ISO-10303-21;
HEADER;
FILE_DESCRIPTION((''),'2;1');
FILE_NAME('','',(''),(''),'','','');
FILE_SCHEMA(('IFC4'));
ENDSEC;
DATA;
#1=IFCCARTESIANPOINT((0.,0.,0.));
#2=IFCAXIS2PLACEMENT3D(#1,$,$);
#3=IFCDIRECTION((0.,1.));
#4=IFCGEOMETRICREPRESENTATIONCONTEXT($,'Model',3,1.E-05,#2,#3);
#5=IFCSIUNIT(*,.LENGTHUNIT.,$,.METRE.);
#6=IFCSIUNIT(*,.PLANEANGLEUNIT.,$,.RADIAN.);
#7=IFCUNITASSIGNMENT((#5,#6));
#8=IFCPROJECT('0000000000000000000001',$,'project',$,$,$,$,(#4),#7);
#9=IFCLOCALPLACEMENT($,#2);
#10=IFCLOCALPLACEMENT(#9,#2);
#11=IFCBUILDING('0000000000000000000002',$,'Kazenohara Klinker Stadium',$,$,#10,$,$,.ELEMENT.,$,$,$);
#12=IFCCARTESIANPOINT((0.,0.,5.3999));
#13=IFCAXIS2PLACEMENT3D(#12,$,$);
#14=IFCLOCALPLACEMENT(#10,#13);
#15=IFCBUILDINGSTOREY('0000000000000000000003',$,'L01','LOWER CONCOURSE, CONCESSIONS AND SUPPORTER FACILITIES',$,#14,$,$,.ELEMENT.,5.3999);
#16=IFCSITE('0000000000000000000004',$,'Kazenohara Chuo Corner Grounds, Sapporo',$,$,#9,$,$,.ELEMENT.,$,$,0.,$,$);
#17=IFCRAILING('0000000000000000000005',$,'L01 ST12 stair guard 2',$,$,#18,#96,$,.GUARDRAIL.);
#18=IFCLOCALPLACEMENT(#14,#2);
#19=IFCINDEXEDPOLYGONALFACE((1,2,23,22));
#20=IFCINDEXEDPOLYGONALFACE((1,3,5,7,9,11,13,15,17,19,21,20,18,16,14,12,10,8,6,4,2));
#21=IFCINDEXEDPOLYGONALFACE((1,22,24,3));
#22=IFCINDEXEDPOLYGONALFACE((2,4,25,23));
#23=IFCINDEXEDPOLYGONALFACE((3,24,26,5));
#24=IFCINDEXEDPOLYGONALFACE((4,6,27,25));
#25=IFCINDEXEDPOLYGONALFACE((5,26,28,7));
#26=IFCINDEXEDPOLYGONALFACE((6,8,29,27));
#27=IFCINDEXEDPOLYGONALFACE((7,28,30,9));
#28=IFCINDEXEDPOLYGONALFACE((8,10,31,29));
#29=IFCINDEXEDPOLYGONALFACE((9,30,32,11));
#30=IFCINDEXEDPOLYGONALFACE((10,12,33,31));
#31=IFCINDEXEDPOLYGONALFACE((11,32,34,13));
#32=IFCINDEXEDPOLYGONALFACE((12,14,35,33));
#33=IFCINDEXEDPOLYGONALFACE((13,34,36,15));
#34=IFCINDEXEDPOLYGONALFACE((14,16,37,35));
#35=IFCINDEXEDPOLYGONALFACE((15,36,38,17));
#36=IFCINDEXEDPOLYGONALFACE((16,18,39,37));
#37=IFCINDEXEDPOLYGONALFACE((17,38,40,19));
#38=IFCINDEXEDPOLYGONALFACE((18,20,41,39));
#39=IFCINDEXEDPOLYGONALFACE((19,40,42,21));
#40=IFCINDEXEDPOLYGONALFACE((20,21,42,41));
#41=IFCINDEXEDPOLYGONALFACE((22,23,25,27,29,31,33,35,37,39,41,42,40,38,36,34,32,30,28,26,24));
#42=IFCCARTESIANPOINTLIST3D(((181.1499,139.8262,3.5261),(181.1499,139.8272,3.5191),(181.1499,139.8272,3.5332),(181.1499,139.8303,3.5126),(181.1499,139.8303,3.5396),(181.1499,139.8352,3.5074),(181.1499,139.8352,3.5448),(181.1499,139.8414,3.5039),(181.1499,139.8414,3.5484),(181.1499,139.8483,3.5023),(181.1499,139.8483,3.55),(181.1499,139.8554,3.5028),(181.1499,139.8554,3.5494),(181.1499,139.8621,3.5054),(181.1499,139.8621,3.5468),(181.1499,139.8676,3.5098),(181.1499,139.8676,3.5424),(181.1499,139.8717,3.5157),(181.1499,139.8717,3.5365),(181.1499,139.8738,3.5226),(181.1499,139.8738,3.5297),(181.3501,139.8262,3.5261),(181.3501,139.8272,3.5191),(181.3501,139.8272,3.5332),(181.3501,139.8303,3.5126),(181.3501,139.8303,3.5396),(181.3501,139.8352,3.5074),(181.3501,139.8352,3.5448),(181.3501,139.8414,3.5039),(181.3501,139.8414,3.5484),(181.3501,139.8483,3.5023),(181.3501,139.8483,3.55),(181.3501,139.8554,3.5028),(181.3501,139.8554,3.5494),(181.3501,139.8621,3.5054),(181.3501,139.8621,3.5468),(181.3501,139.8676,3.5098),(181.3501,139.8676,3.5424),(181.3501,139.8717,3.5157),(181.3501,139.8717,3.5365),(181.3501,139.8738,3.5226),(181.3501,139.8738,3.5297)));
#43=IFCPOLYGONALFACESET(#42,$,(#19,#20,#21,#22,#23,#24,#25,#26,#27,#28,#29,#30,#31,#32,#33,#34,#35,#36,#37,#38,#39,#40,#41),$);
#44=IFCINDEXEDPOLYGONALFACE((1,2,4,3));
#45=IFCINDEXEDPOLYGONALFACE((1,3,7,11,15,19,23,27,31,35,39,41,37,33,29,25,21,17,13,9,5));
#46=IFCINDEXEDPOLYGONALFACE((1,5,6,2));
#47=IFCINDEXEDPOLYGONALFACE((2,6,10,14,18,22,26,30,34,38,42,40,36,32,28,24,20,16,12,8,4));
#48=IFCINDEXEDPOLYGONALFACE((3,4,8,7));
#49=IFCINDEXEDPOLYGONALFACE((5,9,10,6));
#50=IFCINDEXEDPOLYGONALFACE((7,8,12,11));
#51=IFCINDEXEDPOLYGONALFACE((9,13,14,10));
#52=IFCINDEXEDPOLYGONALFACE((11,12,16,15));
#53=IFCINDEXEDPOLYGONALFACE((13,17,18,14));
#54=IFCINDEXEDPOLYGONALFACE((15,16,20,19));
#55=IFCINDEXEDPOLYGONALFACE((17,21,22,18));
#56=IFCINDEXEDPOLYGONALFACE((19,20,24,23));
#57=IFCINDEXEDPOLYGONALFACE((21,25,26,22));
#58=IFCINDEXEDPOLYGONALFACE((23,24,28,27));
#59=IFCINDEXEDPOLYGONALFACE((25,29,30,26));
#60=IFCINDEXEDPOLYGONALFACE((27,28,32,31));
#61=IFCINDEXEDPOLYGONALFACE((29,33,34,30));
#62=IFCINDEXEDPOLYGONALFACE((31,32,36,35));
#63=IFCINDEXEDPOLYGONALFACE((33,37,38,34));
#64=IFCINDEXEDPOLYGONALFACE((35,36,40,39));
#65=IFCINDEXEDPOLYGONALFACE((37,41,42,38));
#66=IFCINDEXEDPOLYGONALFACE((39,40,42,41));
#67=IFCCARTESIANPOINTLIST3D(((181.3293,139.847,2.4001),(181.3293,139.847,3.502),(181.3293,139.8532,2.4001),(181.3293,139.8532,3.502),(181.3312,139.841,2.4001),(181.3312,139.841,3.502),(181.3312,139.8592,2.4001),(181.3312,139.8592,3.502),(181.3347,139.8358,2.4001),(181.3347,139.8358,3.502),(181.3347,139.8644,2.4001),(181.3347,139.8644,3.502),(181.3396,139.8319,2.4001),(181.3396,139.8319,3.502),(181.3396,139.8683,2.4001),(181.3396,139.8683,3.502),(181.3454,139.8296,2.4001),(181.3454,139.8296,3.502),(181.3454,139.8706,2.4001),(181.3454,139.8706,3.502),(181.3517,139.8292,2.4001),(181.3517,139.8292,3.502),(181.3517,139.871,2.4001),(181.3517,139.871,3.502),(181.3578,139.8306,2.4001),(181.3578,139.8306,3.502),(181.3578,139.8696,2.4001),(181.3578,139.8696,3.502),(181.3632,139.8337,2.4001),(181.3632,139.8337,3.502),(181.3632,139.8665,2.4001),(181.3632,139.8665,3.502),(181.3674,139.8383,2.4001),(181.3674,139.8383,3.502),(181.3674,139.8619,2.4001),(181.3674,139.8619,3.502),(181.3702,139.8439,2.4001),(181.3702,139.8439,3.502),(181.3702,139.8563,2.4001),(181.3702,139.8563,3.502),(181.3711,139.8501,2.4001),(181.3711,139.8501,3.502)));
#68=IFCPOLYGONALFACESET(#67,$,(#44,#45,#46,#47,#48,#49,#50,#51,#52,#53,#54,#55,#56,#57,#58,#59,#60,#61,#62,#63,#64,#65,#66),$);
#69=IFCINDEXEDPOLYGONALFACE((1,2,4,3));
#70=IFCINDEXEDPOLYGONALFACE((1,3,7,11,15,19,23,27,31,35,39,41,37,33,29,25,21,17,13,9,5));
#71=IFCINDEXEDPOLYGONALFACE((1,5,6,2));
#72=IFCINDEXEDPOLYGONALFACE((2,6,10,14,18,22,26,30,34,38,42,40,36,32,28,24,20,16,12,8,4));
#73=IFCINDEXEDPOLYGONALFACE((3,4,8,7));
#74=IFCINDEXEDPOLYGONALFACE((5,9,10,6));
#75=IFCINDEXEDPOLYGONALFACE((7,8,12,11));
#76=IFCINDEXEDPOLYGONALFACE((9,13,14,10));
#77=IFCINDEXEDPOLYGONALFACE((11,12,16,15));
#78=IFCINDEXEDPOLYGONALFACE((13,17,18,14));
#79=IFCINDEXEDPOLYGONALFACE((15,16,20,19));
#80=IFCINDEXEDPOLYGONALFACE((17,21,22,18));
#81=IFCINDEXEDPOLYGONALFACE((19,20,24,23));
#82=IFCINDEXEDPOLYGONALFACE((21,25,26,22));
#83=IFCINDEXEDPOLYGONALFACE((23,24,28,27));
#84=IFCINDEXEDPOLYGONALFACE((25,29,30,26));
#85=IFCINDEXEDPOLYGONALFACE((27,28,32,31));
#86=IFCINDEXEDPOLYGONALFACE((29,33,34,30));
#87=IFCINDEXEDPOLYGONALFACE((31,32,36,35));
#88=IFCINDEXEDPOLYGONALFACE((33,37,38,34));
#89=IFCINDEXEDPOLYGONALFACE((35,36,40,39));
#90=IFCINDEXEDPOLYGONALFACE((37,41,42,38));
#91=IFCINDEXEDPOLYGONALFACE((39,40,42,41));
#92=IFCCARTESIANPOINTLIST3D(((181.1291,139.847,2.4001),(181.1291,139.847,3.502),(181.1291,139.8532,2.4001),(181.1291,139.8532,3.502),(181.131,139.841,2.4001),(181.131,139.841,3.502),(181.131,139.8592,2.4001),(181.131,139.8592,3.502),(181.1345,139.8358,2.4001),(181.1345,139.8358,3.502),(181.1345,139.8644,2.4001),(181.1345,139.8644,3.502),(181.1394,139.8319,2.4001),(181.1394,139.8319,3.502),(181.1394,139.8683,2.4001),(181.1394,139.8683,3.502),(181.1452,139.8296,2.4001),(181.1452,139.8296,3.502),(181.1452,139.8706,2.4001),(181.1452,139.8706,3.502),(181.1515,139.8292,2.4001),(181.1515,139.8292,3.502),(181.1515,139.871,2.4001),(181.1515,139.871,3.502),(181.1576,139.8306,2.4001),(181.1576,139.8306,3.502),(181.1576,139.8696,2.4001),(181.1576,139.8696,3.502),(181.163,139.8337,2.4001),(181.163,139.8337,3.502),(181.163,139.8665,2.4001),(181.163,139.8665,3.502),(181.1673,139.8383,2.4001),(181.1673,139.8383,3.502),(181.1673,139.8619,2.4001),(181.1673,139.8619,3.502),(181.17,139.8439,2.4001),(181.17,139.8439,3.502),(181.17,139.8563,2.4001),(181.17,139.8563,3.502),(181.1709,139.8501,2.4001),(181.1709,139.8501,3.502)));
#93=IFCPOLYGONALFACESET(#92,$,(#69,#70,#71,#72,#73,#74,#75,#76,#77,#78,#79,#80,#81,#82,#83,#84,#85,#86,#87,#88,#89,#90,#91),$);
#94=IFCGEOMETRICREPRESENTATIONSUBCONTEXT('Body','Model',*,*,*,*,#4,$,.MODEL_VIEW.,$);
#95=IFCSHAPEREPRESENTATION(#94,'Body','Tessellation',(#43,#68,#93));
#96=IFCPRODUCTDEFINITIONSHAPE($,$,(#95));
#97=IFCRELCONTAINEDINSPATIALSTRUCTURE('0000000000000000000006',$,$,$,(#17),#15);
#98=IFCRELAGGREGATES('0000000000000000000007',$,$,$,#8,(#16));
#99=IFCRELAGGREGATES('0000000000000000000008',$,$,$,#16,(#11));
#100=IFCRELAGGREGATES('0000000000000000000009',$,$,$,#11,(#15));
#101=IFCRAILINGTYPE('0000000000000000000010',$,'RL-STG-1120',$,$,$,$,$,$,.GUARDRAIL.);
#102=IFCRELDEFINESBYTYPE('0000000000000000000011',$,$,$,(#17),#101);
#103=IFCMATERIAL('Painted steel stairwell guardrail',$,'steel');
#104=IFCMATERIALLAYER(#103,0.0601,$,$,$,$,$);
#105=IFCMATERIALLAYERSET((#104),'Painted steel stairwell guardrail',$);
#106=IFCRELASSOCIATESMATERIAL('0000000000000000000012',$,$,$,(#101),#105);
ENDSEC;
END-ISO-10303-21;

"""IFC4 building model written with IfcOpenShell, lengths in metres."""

from ifc_helpers import new_model, si_unit, direction, frame, origin, origin_2d, place, context, subcontext, project, spatial, circle, extrude, material, layer, layer_set, type_object, element, save


model = new_model("IFC4")

# Units and contexts
model_context = context("Model", 3, precision=1e-05, world=origin(), true_north=direction((0.0, 1.0)))
body_context = subcontext(model_context, "Body", "Model", "MODEL_VIEW")
ifc_project = project(units=[si_unit("LENGTHUNIT", "METRE"), si_unit("PLANEANGLEUNIT", "RADIAN")], contexts=[model_context])

# Site, building, storey
site_placement = place(None, origin())
site = spatial("IfcSite", under=ifc_project, at=site_placement, Name="Kazenohara Chuo Corner Grounds, Sapporo", CompositionType="ELEMENT", RefElevation=0.0)
building_placement = place(site_placement, origin())
building = spatial("IfcBuilding", under=site, at=building_placement, Name="Kazenohara Klinker Stadium", CompositionType="ELEMENT")
storey_placement = place(building_placement, frame((0.0, 0.0, 5.3999)))
storey = spatial("IfcBuildingStorey", under=building, at=storey_placement, Name="L01", Description="LOWER CONCOURSE, CONCESSIONS AND SUPPORTER FACILITIES", CompositionType="ELEMENT", Elevation=5.3999)

# Railing
ifc_material_1 = material(Name="Painted steel stairwell guardrail", Category="steel")
ifc_layer_1 = layer(ifc_material_1, 0.0601)
ifc_layer_set_1 = layer_set([ifc_layer_1], Name="Painted steel stairwell guardrail")
railing_type_1 = type_object("IfcRailingType", Name="RL-STG-1120", PredefinedType="GUARDRAIL", material=ifc_layer_set_1)
railing_1_placement = place(storey_placement, frame((181.3501, 139.8501, 2.4001)))
element("IfcRailing", 1, at=railing_1_placement, inside=storey, type_object=railing_type_1, Name="L01 ST12 stair guard 2", PredefinedType="GUARDRAIL", context=body_context, shape_type="SweptSolid", body=[
    extrude(circle(Radius=0.0239, at=origin_2d()), frame((0.0, 0.0, 1.126), z_axis=(-1.0, 0.0, 0.0), x_axis=(0.0, -1.0, 0.0)), (0.0, 0.0, 1.0), 0.2002),
    extrude(circle(Radius=0.021, at=origin_2d()), origin(), (0.0, 0.0, 1.0), 1.1018),
    extrude(circle(Radius=0.021, at=origin_2d()), frame((-0.2002, 0.0, 0.0)), (0.0, 0.0, 1.0), 1.1018),
])

save(model, "model.ifc")
